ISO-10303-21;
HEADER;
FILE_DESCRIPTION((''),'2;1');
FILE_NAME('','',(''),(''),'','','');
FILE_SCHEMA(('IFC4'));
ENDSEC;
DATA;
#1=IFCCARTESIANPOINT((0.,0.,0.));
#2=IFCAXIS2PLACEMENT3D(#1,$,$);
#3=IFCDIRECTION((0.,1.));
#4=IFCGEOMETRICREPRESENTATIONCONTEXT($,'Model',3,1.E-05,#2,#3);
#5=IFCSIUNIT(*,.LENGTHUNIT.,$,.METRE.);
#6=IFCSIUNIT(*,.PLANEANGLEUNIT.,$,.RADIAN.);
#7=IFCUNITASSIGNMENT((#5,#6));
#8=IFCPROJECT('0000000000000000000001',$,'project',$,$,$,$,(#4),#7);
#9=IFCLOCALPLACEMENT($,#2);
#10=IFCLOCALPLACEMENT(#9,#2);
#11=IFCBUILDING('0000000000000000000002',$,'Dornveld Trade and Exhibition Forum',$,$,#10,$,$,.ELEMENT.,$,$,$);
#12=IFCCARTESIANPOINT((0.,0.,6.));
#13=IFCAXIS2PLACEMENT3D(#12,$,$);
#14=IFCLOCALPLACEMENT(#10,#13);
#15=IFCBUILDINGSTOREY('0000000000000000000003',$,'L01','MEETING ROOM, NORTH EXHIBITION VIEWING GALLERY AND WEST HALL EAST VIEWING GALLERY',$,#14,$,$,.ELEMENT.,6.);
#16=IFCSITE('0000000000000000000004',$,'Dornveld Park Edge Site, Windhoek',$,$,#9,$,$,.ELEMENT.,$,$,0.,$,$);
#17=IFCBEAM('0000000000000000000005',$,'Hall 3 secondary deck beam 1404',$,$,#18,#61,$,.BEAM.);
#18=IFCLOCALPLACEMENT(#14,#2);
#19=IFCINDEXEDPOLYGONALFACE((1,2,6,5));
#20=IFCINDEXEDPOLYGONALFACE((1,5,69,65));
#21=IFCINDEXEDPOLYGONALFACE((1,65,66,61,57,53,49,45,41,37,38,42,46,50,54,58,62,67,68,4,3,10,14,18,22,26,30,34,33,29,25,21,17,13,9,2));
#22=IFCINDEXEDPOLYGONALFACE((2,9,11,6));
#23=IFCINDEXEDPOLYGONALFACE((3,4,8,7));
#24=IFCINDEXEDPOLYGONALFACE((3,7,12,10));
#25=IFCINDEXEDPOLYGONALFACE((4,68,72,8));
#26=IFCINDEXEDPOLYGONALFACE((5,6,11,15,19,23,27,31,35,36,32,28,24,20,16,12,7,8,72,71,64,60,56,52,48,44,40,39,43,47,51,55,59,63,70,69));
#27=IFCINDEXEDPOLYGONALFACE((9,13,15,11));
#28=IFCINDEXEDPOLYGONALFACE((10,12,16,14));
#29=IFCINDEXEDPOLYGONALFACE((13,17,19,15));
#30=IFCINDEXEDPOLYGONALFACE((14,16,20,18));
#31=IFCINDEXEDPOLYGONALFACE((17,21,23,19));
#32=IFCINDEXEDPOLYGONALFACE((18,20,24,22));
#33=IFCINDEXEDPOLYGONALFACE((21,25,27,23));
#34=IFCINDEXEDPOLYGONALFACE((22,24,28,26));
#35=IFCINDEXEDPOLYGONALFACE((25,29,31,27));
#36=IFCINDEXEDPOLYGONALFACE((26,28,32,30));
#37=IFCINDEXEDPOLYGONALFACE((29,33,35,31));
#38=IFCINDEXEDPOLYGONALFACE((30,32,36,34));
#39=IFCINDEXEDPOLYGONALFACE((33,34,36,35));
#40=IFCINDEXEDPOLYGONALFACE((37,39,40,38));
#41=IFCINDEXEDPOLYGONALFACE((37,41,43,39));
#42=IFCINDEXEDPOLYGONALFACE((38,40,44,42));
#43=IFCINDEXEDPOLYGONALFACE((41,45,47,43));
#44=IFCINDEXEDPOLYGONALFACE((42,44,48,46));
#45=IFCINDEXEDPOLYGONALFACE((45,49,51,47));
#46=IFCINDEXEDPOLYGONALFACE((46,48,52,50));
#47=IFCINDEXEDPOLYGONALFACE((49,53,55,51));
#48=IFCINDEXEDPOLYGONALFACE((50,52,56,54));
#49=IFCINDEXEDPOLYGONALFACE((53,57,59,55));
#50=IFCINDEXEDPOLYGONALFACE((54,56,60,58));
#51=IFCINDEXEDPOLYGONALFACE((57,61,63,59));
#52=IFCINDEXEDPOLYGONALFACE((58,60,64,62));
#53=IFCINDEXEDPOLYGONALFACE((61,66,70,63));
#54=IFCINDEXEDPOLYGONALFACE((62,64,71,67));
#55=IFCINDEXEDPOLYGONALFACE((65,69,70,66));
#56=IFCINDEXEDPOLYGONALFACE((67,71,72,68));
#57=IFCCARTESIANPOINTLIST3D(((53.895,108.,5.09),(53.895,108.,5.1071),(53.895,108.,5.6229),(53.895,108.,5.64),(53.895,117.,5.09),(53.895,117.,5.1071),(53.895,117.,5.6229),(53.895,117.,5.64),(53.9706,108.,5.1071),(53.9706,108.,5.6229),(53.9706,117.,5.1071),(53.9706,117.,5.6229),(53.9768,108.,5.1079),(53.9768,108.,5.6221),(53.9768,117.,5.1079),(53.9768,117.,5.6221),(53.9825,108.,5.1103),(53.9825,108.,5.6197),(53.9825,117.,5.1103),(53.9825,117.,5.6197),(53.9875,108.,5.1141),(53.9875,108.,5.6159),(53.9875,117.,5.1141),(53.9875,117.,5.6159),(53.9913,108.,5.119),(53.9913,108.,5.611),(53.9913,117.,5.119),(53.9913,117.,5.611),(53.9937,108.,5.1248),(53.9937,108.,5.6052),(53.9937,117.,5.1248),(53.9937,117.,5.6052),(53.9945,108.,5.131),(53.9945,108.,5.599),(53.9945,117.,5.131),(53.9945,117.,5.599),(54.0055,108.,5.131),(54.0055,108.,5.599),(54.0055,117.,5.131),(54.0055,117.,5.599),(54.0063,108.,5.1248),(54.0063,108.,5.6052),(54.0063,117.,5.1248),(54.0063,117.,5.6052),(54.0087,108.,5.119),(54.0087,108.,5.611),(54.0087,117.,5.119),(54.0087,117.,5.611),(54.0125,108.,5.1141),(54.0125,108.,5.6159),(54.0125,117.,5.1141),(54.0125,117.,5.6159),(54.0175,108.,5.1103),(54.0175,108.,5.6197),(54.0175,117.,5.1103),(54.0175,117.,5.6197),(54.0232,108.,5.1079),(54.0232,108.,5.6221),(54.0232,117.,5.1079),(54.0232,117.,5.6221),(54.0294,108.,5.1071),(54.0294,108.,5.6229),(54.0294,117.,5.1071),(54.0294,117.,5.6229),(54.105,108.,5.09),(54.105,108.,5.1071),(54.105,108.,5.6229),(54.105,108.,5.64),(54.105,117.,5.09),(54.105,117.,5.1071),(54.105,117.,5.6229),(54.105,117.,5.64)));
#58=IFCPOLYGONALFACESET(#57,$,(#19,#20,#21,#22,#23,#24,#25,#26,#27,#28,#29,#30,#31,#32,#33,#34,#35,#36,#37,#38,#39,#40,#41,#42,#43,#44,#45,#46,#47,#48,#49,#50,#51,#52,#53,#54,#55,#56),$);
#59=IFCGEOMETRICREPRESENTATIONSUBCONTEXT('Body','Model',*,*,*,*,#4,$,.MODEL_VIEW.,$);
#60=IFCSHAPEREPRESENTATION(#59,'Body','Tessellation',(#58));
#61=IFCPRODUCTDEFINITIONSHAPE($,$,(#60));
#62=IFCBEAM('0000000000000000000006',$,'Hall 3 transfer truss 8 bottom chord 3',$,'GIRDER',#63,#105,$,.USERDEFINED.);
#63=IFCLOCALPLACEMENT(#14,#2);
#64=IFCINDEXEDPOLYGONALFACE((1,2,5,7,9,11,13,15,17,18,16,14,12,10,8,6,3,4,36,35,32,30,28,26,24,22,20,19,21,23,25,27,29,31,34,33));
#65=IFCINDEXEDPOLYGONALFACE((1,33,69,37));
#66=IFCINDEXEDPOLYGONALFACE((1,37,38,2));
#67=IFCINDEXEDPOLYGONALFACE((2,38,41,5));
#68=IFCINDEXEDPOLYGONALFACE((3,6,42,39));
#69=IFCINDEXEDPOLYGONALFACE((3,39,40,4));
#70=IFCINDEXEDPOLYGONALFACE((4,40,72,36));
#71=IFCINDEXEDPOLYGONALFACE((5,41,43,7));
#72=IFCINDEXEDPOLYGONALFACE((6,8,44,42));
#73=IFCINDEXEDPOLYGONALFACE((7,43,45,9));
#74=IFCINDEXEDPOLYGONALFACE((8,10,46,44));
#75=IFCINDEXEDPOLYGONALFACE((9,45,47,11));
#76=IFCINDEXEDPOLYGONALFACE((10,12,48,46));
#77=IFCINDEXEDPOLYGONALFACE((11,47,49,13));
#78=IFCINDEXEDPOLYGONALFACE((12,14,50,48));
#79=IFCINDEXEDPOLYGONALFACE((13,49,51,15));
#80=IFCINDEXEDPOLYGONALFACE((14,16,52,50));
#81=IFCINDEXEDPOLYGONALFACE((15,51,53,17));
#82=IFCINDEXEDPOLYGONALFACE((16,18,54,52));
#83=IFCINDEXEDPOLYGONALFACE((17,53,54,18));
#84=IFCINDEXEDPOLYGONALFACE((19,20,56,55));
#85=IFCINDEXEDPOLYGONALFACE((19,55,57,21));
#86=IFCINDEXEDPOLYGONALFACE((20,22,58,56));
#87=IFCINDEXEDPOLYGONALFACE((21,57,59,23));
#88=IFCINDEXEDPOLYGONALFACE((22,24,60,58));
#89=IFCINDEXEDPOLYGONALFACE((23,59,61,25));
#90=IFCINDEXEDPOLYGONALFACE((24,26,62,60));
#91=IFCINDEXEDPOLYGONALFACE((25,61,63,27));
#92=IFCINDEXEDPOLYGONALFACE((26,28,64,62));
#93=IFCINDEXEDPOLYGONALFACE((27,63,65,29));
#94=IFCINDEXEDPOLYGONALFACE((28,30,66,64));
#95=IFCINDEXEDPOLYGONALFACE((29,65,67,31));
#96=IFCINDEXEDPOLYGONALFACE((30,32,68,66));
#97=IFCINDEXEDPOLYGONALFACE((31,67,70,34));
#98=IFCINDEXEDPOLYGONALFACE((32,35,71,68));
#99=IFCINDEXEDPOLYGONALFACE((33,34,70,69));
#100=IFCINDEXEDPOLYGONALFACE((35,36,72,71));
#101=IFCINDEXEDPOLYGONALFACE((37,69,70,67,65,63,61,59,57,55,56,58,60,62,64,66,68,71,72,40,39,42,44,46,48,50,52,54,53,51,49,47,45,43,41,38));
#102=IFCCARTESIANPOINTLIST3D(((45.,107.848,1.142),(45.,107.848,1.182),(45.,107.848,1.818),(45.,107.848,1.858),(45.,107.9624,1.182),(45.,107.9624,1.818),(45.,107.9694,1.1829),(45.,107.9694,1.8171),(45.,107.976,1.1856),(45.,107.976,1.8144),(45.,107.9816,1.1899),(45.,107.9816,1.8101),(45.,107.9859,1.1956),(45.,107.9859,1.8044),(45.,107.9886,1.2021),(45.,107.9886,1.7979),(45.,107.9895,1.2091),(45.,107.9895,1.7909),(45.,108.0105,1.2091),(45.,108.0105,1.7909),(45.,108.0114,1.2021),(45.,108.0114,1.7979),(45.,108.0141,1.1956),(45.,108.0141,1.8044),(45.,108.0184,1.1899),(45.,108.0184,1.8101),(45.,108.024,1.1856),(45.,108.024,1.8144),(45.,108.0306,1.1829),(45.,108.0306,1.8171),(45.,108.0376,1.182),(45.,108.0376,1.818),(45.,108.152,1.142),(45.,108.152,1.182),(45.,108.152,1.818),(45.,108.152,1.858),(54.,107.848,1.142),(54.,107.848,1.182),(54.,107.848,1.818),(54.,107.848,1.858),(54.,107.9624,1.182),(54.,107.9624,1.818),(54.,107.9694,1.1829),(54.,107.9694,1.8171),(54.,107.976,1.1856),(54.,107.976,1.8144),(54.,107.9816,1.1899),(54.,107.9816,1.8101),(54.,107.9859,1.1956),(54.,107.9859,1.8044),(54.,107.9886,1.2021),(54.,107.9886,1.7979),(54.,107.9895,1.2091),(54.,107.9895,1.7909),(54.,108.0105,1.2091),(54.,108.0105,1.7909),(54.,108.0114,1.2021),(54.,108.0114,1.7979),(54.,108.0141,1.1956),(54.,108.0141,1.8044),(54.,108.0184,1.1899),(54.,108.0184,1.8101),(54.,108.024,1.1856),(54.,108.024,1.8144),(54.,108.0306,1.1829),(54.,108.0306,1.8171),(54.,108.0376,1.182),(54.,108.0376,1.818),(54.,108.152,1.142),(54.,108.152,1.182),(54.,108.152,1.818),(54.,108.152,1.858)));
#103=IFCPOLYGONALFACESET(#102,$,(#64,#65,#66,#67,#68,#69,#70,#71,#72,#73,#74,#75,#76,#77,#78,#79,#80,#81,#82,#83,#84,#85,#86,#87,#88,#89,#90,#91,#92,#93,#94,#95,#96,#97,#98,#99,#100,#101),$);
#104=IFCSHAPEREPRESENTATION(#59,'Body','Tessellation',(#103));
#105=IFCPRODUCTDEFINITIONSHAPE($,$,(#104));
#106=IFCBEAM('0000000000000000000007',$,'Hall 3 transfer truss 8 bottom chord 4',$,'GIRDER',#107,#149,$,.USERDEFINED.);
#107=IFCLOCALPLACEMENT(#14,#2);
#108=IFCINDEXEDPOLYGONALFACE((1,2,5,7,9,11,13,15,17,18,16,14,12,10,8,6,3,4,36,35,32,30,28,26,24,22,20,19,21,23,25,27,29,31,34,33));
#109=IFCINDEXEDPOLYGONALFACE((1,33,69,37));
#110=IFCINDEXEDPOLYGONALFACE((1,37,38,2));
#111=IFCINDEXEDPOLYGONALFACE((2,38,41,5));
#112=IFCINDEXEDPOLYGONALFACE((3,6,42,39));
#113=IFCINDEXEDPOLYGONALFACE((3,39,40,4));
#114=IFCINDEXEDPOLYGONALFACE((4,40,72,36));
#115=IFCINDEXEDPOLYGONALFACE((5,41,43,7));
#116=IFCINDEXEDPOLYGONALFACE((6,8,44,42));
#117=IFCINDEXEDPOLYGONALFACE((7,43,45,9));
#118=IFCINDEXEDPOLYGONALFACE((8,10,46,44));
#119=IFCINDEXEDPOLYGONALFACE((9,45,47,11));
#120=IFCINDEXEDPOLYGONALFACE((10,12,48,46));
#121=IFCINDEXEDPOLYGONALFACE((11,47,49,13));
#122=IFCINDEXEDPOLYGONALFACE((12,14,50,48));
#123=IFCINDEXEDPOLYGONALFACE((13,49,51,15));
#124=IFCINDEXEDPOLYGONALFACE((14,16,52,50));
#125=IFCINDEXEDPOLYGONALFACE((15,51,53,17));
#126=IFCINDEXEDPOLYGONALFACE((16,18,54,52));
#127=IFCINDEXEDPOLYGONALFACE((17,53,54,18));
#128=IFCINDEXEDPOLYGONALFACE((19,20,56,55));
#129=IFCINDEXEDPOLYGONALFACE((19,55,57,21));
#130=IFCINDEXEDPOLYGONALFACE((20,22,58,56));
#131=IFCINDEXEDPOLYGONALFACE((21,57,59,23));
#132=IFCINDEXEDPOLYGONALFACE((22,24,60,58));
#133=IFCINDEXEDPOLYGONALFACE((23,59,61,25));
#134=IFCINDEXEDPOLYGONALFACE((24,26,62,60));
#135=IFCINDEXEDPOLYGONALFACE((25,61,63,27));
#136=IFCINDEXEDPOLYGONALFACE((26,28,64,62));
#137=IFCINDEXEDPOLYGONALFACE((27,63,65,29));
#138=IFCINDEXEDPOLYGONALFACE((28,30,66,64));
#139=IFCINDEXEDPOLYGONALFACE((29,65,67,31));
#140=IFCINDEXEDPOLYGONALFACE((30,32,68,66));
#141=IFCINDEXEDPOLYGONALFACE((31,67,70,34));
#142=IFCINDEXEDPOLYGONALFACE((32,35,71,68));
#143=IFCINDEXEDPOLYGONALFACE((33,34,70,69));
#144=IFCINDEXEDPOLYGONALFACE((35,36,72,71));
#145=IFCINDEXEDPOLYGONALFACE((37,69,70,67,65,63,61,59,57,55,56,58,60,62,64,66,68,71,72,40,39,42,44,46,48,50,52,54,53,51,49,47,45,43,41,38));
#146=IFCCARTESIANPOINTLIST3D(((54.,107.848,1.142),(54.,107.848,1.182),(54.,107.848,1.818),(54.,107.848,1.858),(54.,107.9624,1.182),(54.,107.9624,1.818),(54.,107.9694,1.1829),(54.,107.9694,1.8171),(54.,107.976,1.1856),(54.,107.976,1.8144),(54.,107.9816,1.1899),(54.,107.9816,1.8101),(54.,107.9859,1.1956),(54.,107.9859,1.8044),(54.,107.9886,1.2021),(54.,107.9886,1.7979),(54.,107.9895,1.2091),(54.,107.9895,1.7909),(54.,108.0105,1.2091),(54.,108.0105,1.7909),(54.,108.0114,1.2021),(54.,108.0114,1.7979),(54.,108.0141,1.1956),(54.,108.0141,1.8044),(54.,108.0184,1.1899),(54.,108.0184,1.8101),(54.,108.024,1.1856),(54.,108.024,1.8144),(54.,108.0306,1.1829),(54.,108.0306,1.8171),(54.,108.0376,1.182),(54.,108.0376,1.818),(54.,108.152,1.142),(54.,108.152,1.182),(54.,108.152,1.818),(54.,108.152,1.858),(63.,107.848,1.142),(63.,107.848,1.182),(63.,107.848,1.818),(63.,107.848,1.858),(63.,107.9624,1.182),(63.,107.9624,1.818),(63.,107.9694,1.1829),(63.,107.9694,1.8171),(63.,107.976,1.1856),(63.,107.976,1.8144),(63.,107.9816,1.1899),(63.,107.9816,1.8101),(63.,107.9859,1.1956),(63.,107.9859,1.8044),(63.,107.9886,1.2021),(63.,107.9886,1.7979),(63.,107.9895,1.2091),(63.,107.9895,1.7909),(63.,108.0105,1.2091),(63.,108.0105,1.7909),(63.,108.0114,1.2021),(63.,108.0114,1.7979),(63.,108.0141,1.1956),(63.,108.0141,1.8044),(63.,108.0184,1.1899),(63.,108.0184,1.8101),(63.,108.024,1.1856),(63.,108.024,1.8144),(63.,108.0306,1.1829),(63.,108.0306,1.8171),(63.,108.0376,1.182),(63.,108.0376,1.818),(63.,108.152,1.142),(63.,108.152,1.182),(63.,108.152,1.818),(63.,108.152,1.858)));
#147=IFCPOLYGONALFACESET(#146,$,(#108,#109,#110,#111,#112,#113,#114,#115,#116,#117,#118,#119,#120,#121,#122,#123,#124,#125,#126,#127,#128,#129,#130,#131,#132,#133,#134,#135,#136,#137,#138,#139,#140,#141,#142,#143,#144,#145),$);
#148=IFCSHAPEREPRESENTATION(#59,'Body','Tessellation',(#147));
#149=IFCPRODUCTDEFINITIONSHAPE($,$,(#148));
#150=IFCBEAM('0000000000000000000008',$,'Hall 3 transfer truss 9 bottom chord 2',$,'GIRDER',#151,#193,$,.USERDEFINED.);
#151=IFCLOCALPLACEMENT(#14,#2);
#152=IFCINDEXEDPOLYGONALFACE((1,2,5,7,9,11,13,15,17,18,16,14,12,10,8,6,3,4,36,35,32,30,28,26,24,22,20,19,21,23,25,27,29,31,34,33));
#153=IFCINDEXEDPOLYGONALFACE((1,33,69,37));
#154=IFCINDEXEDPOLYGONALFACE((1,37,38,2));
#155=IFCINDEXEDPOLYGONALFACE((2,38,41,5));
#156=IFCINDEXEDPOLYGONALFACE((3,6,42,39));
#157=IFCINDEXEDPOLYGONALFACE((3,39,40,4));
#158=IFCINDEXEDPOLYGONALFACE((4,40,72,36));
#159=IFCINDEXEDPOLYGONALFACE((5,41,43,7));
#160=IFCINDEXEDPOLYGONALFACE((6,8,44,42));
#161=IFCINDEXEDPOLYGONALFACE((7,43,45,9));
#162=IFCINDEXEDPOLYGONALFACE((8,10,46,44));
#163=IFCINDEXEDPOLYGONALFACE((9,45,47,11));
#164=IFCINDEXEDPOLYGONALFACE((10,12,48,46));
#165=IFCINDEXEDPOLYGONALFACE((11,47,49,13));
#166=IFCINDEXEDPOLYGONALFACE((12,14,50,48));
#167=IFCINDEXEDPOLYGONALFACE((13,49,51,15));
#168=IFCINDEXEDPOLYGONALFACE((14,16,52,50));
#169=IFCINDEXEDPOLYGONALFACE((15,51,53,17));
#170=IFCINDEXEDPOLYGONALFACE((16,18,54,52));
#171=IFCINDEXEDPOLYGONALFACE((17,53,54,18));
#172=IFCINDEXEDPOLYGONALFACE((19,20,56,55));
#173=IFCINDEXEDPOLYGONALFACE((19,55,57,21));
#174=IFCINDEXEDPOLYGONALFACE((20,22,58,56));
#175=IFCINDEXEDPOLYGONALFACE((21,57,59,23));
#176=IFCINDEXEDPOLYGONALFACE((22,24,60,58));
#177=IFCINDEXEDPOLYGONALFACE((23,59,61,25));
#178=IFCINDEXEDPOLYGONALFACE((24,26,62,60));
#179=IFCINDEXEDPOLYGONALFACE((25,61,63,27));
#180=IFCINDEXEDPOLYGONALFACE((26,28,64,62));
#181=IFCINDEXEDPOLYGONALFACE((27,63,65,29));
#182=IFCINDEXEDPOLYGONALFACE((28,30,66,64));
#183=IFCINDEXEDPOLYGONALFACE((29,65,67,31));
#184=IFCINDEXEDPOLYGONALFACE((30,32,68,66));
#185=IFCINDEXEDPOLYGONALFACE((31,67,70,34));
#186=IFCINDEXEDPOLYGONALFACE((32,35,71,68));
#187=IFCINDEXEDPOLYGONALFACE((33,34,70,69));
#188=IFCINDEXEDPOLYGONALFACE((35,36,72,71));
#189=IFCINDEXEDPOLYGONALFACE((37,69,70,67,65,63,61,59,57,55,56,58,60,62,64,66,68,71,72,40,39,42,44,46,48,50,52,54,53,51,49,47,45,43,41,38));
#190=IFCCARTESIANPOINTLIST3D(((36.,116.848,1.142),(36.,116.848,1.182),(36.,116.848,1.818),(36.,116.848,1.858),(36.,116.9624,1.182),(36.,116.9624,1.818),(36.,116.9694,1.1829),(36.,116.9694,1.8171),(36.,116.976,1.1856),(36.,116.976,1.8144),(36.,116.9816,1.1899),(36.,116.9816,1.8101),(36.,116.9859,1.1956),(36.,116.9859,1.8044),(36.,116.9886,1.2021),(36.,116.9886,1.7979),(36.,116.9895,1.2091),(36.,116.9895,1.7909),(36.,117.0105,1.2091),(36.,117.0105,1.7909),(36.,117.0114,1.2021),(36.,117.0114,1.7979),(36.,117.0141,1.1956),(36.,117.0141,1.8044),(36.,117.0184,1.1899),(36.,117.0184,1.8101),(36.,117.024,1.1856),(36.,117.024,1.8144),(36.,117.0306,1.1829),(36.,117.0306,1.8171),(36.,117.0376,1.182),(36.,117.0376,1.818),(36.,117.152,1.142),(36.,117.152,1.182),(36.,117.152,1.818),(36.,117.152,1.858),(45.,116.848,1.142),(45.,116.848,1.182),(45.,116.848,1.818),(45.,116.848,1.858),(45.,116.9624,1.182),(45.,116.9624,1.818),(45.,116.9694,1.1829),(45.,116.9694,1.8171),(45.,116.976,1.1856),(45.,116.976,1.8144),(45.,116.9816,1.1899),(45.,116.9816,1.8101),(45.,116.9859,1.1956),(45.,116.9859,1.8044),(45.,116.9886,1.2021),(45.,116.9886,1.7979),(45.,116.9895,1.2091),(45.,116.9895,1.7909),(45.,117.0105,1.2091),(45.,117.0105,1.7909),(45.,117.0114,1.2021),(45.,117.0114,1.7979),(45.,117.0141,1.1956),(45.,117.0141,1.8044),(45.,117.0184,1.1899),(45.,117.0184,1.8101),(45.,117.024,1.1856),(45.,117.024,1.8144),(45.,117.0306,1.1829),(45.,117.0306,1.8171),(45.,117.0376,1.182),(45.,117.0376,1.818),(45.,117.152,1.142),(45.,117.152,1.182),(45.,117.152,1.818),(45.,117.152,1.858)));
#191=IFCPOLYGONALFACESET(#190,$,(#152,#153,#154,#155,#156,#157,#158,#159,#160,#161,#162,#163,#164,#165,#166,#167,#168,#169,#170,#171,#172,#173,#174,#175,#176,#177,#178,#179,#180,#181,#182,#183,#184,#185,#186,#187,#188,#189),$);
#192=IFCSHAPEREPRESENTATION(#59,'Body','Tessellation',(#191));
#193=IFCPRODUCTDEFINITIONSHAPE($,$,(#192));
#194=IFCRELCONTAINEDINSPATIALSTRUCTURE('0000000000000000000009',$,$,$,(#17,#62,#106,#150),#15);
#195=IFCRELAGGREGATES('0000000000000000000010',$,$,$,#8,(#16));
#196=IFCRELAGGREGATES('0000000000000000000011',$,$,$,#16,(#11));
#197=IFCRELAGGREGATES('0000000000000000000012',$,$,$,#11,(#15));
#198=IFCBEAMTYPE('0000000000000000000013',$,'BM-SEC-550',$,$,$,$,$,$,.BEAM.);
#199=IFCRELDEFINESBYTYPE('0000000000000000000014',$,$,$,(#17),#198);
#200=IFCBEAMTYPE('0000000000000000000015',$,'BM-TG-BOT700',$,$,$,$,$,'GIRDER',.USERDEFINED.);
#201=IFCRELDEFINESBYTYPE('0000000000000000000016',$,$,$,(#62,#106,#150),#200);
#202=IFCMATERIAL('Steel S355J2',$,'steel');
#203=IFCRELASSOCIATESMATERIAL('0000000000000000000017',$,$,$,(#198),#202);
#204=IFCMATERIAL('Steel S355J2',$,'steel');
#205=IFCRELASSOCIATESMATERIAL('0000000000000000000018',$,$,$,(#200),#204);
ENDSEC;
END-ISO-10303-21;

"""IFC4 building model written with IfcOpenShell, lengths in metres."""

from ifc_helpers import new_model, si_unit, direction, frame, origin, origin_2d, place, context, subcontext, project, spatial, i_section, extrude, material, material_profile, profile_set, type_object, element, save


model = new_model("IFC4")

# Units and contexts
model_context = context("Model", 3, precision=1e-05, world=origin(), true_north=direction((0.0, 1.0)))
body_context = subcontext(model_context, "Body", "Model", "MODEL_VIEW")
ifc_project = project(units=[si_unit("LENGTHUNIT", "METRE"), si_unit("PLANEANGLEUNIT", "RADIAN")], contexts=[model_context])

# Site, building, storey
site_placement = place(None, origin())
site = spatial("IfcSite", under=ifc_project, at=site_placement, Name="Dornveld Park Edge Site, Windhoek", CompositionType="ELEMENT", RefElevation=0.0)
building_placement = place(site_placement, origin())
building = spatial("IfcBuilding", under=site, at=building_placement, Name="Dornveld Trade and Exhibition Forum", CompositionType="ELEMENT")
storey_placement = place(building_placement, frame((0.0, 0.0, 6.0)))
storey = spatial("IfcBuildingStorey", under=building, at=storey_placement, Name="L01", Description="MEETING ROOM, NORTH EXHIBITION VIEWING GALLERY AND WEST HALL EAST VIEWING GALLERY", CompositionType="ELEMENT", Elevation=6.0)

# Beams
ifc_material_1 = material(Name="Steel S355J2", Category="steel")
ifc_material_profile_1 = material_profile(ifc_material_1, i_section(OverallWidth=0.21, OverallDepth=0.55, WebThickness=0.011, FlangeThickness=0.0171, FilletRadius=0.0239, at=origin_2d()), Name="IPE 550")
ifc_profile_set_1 = profile_set([ifc_material_profile_1], Name="Steel S355J2")
beam_type_1 = type_object("IfcBeamType", Name="BM-SEC-550", PredefinedType="BEAM", material=ifc_profile_set_1)
for number, where, z_axis, x_axis, name in (
    (1, (54.0, 108.0, 5.365), (0.0, 1.0, 0.0), (-1.0, 0.0, 0.0), "Hall 3 secondary deck beam 1404"),
):
    element("IfcBeam", number, at=place(storey_placement, frame(where, z_axis=z_axis, x_axis=x_axis)), inside=storey, type_object=beam_type_1, Name=name, PredefinedType="BEAM", context=body_context, shape_type="SweptSolid", body=[
        extrude(i_section(OverallWidth=0.21, OverallDepth=0.55, WebThickness=0.011, FlangeThickness=0.0171, FilletRadius=0.0239, at=origin_2d()), origin(), (0.0, 0.0, 1.0), 9.0),
    ])
ifc_material_2 = material(Name="Steel S355J2", Category="steel")
ifc_material_profile_2 = material_profile(ifc_material_2, i_section(OverallWidth=0.304, OverallDepth=0.7161, WebThickness=0.021, FlangeThickness=0.04, FilletRadius=0.0271, at=origin_2d()), Name="HEM 700")
ifc_profile_set_2 = profile_set([ifc_material_profile_2], Name="Steel S355J2")
beam_type_2 = type_object("IfcBeamType", Name="BM-TG-BOT700", ElementType="GIRDER", PredefinedType="USERDEFINED", material=ifc_profile_set_2)
for number, where, z_axis, x_axis, name in (
    (2, (45.0, 108.0, 1.5), (1.0, 0.0, 0.0), (0.0, 1.0, 0.0), "Hall 3 transfer truss 8 bottom chord 3"),
    (3, (54.0, 108.0, 1.5), (1.0, 0.0, 0.0), (0.0, 1.0, 0.0), "Hall 3 transfer truss 8 bottom chord 4"),
    (4, (36.0, 117.0, 1.5), (1.0, 0.0, 0.0), (0.0, 1.0, 0.0), "Hall 3 transfer truss 9 bottom chord 2"),
):
    element("IfcBeam", number, at=place(storey_placement, frame(where, z_axis=z_axis, x_axis=x_axis)), inside=storey, type_object=beam_type_2, Name=name, ObjectType="GIRDER", PredefinedType="USERDEFINED", context=body_context, shape_type="SweptSolid", body=[
        extrude(i_section(OverallWidth=0.304, OverallDepth=0.7161, WebThickness=0.021, FlangeThickness=0.04, FilletRadius=0.0271, at=origin_2d()), origin(), (0.0, 0.0, 1.0), 9.0),
    ])

save(model, "model.ifc")
